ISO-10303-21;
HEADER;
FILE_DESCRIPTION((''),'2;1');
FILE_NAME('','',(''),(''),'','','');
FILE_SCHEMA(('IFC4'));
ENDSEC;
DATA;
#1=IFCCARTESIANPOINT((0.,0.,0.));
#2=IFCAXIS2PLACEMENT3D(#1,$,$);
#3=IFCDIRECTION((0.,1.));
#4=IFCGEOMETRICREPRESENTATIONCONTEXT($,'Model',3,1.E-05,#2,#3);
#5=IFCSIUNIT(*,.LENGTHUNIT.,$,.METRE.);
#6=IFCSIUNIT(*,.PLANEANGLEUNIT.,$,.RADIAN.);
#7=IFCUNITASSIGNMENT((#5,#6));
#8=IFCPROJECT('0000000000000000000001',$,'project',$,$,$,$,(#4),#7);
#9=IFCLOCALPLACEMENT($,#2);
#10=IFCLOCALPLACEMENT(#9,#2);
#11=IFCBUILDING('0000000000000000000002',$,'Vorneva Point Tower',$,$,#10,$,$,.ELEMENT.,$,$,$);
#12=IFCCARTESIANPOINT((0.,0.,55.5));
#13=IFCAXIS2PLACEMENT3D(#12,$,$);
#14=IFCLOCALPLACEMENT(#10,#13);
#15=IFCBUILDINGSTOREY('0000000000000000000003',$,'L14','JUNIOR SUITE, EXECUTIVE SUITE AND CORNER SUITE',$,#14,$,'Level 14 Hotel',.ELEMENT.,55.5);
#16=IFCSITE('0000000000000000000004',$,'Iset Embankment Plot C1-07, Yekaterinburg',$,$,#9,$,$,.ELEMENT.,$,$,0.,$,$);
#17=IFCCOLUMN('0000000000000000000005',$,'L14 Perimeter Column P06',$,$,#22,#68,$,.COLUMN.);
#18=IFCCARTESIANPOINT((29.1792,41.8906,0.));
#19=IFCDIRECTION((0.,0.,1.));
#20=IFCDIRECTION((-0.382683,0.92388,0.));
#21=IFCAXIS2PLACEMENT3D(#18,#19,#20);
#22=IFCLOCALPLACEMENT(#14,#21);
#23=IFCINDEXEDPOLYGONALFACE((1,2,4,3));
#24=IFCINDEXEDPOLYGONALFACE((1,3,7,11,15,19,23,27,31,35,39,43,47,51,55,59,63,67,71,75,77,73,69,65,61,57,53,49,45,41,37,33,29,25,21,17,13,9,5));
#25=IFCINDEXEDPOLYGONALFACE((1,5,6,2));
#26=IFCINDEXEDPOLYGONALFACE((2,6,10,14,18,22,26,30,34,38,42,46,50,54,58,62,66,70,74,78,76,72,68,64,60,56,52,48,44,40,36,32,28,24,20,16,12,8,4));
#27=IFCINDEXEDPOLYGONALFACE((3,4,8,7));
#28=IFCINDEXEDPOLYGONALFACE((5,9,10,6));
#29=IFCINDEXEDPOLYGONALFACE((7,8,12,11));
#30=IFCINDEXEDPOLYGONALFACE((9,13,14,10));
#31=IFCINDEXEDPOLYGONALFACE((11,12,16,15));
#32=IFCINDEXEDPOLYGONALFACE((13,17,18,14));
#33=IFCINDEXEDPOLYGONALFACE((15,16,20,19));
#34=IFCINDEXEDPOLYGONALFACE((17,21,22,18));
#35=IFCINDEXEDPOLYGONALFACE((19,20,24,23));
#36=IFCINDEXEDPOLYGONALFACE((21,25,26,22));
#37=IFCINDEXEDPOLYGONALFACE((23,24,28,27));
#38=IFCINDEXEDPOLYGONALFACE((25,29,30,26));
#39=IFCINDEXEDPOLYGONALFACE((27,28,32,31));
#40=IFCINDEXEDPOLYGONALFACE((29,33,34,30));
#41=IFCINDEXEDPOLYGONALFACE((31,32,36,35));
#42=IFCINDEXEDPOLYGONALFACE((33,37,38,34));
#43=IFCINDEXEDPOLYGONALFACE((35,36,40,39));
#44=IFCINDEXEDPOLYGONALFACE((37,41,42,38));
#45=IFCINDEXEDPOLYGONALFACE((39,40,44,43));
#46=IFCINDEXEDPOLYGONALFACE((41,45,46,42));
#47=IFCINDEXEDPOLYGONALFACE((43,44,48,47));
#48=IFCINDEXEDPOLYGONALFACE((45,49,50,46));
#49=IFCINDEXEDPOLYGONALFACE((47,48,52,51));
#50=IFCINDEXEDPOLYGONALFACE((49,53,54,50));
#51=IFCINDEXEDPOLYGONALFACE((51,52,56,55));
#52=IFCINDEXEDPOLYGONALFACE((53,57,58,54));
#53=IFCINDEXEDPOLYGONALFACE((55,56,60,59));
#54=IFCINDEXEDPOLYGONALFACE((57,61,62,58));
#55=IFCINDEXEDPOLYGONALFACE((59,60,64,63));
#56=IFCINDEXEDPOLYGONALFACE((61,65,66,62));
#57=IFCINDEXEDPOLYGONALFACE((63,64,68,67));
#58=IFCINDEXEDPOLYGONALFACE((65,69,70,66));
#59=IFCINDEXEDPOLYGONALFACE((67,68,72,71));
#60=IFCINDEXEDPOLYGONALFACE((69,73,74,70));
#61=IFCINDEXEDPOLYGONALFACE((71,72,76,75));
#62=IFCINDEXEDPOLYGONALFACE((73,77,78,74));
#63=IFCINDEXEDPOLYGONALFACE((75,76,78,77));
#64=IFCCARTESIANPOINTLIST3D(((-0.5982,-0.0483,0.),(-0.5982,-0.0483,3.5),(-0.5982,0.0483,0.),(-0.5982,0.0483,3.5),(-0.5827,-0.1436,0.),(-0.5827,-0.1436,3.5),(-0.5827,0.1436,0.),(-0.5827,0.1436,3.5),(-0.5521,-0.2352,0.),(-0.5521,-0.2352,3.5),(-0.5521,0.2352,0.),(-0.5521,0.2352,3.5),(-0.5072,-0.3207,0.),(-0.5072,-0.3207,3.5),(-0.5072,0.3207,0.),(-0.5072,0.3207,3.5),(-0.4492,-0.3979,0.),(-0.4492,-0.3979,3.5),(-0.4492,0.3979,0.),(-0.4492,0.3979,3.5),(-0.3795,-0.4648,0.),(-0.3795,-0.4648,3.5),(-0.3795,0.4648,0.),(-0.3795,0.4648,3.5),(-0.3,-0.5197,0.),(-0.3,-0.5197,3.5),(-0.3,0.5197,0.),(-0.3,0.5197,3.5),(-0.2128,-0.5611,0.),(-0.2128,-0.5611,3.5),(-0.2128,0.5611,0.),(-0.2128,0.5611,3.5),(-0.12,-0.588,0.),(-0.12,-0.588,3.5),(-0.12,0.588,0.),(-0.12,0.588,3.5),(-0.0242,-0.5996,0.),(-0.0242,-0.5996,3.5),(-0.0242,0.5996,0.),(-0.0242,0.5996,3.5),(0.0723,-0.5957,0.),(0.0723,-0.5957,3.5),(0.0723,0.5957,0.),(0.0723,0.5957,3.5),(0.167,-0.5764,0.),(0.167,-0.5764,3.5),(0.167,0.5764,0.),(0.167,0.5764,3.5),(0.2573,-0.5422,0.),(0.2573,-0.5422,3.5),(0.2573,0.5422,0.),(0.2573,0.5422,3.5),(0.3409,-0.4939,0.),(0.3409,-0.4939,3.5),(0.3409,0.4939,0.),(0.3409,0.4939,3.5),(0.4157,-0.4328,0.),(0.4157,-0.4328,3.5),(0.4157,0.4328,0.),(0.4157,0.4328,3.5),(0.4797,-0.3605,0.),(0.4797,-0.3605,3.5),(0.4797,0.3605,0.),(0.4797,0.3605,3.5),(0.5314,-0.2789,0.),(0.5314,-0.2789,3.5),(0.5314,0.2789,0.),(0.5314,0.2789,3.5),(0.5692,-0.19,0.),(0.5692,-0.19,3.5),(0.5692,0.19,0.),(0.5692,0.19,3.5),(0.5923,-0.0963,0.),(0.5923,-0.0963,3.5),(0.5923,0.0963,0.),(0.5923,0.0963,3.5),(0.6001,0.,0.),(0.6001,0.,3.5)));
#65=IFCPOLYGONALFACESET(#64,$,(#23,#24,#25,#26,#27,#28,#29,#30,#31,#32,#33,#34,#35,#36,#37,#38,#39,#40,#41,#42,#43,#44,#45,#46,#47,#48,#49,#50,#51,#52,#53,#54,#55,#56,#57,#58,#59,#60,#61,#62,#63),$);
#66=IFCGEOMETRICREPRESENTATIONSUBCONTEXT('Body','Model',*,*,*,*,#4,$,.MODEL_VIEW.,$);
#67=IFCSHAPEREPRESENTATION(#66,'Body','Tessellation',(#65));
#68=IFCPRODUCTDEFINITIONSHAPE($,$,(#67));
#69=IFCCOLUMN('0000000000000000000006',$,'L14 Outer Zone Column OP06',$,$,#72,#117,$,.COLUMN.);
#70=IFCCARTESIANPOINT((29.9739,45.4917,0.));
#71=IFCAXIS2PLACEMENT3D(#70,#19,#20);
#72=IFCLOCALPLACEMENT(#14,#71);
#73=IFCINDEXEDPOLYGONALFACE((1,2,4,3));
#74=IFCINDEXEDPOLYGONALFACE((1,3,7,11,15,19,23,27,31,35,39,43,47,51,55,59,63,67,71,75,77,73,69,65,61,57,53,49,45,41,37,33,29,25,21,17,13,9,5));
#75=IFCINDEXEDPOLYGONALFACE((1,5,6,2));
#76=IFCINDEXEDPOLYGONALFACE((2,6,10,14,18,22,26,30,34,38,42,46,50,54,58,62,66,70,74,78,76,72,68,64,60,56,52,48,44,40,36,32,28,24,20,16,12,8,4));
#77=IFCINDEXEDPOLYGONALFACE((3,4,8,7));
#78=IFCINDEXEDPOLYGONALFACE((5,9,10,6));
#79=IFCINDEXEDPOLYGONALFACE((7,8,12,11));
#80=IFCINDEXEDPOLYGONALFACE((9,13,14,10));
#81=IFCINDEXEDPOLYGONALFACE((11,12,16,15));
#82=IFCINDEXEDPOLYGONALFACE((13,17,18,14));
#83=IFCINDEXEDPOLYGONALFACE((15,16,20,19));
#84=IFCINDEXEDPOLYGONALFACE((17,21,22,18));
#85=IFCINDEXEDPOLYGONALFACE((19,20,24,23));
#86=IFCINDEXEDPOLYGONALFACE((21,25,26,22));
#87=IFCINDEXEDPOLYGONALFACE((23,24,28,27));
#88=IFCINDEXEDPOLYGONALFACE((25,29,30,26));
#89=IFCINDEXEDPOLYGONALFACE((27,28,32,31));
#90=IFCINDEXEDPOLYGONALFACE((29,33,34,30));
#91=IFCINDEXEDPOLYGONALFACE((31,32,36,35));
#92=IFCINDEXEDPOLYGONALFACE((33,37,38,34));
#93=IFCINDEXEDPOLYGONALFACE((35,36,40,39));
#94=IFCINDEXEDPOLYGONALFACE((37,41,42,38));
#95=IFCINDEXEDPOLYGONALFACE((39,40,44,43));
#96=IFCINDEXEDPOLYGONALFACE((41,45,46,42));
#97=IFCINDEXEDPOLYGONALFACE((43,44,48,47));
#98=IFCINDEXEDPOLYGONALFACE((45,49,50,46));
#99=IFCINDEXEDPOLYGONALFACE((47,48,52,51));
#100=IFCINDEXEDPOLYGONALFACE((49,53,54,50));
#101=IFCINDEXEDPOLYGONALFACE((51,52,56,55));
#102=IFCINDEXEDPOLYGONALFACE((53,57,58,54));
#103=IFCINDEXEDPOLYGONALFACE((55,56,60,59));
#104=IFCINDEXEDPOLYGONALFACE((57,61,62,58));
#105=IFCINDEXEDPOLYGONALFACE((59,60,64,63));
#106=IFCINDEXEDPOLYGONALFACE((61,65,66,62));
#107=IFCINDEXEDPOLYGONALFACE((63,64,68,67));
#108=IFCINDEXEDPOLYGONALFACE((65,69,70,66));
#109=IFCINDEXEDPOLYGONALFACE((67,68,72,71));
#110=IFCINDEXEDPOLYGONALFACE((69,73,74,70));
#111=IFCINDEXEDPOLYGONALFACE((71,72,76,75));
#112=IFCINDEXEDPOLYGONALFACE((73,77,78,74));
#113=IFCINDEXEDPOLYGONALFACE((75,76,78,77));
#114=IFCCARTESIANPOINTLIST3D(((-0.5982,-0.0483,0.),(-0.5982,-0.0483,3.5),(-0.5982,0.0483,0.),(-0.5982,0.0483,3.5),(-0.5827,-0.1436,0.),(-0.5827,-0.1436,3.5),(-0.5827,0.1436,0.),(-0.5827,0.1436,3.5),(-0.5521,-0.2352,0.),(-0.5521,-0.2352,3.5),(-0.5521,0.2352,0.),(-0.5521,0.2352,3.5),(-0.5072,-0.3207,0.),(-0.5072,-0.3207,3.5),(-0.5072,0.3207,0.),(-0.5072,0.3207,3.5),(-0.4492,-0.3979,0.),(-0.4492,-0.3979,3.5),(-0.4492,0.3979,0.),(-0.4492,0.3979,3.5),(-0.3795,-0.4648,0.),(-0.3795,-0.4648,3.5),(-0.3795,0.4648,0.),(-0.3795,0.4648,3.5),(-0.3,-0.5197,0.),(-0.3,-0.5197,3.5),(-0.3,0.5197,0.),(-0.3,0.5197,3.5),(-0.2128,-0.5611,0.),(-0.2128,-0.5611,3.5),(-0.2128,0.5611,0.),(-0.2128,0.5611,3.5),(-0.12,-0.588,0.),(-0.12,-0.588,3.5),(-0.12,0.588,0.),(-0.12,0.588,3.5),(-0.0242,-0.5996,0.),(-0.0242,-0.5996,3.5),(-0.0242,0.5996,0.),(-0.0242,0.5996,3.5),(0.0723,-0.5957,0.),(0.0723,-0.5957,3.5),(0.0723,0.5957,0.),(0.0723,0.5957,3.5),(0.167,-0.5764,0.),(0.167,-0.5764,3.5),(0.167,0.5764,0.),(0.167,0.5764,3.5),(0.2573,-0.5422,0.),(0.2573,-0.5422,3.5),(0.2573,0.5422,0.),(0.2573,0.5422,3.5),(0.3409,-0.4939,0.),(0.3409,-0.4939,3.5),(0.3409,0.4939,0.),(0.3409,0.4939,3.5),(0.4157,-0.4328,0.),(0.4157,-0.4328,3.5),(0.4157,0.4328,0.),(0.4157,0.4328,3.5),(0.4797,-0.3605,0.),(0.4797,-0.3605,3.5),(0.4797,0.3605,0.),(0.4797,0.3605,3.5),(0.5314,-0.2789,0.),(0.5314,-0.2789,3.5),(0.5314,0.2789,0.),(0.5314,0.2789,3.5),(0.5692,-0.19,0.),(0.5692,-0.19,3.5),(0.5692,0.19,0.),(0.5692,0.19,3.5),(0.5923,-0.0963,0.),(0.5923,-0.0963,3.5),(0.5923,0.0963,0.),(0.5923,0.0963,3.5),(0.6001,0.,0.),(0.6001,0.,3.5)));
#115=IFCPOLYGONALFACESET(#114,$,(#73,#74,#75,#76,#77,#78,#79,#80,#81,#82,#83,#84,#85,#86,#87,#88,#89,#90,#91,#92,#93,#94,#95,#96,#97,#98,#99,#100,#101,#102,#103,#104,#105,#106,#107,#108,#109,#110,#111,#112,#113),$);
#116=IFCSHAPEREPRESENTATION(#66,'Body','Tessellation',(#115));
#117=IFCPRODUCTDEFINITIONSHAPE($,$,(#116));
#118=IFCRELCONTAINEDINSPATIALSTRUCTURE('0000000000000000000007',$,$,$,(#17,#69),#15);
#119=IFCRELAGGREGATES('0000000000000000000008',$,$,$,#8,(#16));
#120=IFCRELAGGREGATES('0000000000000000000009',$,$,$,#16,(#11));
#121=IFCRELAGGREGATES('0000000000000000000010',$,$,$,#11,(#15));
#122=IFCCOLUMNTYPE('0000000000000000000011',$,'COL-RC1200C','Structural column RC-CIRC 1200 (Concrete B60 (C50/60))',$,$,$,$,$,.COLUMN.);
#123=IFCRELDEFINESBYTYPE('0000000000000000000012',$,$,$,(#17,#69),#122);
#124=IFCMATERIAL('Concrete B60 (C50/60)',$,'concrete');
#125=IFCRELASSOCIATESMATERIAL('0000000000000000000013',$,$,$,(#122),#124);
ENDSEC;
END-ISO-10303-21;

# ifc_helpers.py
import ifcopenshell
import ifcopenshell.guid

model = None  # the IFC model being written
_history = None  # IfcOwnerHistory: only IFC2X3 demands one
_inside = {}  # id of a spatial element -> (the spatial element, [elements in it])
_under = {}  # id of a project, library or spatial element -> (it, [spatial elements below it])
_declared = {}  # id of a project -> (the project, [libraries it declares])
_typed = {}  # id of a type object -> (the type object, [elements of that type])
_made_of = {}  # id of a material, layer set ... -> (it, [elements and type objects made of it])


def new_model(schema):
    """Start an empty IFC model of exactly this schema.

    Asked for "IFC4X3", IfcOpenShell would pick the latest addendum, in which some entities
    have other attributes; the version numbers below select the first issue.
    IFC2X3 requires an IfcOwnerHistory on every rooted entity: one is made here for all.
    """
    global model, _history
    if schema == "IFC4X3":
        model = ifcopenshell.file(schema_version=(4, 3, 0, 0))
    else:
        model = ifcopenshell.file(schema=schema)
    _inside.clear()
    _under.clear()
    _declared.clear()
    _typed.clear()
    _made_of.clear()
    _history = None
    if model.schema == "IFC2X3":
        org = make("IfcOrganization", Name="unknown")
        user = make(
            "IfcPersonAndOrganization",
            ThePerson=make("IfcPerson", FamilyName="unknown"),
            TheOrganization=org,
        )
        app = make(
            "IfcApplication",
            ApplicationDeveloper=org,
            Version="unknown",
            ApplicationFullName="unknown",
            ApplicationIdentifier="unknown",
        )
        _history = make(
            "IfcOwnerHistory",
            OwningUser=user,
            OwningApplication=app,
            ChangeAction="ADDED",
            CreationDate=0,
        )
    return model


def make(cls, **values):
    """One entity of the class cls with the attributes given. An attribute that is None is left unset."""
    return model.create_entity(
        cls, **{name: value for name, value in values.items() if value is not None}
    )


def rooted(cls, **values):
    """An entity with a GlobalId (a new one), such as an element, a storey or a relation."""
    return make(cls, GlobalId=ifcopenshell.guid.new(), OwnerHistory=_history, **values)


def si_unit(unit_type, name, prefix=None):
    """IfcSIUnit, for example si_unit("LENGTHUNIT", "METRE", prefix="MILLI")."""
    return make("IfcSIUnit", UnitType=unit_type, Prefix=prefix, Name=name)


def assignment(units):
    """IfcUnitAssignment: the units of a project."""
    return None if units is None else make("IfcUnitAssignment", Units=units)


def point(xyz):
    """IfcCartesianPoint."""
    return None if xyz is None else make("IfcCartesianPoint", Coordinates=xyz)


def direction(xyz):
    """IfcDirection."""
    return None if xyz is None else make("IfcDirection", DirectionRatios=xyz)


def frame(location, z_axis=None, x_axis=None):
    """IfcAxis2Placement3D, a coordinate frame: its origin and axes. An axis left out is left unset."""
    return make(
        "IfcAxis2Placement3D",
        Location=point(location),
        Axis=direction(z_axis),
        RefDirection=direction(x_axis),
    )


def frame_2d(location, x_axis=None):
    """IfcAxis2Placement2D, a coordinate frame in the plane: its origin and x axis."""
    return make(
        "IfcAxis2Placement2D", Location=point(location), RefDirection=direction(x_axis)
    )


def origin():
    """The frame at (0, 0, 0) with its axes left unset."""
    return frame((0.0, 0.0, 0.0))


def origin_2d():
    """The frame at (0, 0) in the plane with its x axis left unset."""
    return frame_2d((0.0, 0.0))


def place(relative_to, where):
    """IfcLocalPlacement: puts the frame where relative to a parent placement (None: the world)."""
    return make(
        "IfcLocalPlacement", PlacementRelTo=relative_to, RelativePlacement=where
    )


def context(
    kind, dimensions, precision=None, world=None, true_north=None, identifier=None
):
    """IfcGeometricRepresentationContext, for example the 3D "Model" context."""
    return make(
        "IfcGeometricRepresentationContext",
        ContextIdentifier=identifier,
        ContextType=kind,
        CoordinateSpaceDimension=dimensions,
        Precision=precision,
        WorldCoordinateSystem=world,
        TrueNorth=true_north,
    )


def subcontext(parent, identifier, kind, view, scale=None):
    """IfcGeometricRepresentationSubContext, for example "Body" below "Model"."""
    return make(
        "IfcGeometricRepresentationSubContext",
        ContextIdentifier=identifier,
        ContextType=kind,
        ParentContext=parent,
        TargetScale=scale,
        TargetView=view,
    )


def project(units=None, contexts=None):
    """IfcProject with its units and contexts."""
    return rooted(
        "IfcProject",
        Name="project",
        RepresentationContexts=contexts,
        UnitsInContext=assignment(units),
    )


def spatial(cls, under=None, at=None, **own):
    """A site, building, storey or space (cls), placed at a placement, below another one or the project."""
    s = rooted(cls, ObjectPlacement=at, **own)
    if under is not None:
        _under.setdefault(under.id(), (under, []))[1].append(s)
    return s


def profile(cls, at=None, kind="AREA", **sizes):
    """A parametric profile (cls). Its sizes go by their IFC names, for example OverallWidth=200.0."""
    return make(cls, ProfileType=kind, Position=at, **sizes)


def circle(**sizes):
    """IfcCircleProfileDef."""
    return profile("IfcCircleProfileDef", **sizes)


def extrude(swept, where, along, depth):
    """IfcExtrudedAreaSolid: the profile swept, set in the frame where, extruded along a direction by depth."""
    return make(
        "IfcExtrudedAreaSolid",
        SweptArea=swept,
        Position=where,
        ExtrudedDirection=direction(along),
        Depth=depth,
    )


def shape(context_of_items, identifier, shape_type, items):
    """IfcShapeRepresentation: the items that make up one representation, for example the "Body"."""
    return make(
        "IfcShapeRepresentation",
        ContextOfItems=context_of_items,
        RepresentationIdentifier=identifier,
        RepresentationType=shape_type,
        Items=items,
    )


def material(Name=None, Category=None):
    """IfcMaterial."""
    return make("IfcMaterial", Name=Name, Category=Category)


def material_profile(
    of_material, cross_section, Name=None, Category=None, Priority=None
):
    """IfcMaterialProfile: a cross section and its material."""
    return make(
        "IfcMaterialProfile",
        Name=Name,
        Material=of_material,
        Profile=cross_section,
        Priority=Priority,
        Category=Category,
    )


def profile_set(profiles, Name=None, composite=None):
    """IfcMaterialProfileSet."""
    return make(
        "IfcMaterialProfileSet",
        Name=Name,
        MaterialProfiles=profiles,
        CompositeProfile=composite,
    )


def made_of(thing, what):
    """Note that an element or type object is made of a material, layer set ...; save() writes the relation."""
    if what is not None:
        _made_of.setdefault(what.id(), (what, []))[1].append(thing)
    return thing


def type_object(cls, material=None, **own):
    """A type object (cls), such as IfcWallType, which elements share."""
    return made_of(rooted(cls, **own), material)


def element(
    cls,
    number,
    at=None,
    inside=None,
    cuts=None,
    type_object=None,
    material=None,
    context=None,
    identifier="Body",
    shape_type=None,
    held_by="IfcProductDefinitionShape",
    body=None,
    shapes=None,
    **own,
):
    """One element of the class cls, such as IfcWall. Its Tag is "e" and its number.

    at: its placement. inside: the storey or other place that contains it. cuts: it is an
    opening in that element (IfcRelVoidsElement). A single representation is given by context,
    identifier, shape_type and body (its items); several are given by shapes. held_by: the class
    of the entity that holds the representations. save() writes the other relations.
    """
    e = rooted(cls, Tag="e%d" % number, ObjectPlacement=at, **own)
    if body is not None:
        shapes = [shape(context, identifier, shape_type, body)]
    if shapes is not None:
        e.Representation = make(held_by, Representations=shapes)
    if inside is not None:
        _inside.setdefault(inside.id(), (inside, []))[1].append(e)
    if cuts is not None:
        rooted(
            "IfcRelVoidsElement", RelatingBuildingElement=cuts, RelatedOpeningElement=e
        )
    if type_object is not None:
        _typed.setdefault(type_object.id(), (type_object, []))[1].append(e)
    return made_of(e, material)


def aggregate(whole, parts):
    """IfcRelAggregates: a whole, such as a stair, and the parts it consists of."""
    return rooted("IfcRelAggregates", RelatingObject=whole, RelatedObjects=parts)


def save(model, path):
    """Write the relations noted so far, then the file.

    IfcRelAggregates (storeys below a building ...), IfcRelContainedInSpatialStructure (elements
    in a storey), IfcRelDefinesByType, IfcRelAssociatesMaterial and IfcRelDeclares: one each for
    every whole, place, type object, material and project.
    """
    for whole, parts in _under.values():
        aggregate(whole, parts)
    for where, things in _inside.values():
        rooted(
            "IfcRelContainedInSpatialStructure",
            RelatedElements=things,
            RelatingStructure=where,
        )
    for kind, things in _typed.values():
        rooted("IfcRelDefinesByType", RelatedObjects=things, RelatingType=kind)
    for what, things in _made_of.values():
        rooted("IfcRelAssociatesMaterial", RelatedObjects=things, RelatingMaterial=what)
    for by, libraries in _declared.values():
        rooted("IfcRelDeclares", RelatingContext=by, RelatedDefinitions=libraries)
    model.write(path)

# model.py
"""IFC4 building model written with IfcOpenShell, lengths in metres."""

from ifc_helpers import new_model, si_unit, direction, frame, origin, origin_2d, place, context, subcontext, project, spatial, circle, extrude, material, material_profile, profile_set, type_object, element, save


model = new_model("IFC4")

# Units and contexts
model_context = context("Model", 3, precision=1e-05, world=origin(), true_north=direction((0.0, 1.0)))
body_context = subcontext(model_context, "Body", "Model", "MODEL_VIEW")
ifc_project = project(units=[si_unit("LENGTHUNIT", "METRE"), si_unit("PLANEANGLEUNIT", "RADIAN")], contexts=[model_context])

# Site, building, storey
site_placement = place(None, origin())
site = spatial("IfcSite", under=ifc_project, at=site_placement, Name="Iset Embankment Plot C1-07, Yekaterinburg", CompositionType="ELEMENT", RefElevation=0.0)
building_placement = place(site_placement, origin())
building = spatial("IfcBuilding", under=site, at=building_placement, Name="Vorneva Point Tower", CompositionType="ELEMENT")
storey_placement = place(building_placement, frame((0.0, 0.0, 55.5)))
storey = spatial("IfcBuildingStorey", under=building, at=storey_placement, Name="L14", Description="JUNIOR SUITE, EXECUTIVE SUITE AND CORNER SUITE", LongName="Level 14 Hotel", CompositionType="ELEMENT", Elevation=55.5)

# Columns
ifc_material_1 = material(Name="Concrete B60 (C50/60)", Category="concrete")
ifc_material_profile_1 = material_profile(ifc_material_1, circle(Radius=0.6001, at=origin_2d()), Name="RC-CIRC 1200")
ifc_profile_set_1 = profile_set([ifc_material_profile_1], Name="Concrete B60 (C50/60)")
column_type = type_object("IfcColumnType", Name="COL-RC1200C", Description="Structural column RC-CIRC 1200 (Concrete B60 (C50/60))", PredefinedType="COLUMN", material=ifc_profile_set_1)
for number, where, z_axis, x_axis, name in (
    (1, (29.1792, 41.8906, 0.0), (0.0, 0.0, 1.0), (-0.382683, 0.92388, 0.0), "L14 Perimeter Column P06"),
    (2, (29.9739, 45.4917, 0.0), (0.0, 0.0, 1.0), (-0.382683, 0.92388, 0.0), "L14 Outer Zone Column OP06"),
):
    element("IfcColumn", number, at=place(storey_placement, frame(where, z_axis=z_axis, x_axis=x_axis)), inside=storey, type_object=column_type, Name=name, PredefinedType="COLUMN", context=body_context, shape_type="SweptSolid", body=[
        extrude(circle(Radius=0.6001, at=origin_2d()), origin(), (0.0, 0.0, 1.0), 3.5),
    ])

save(model, "model.ifc")
